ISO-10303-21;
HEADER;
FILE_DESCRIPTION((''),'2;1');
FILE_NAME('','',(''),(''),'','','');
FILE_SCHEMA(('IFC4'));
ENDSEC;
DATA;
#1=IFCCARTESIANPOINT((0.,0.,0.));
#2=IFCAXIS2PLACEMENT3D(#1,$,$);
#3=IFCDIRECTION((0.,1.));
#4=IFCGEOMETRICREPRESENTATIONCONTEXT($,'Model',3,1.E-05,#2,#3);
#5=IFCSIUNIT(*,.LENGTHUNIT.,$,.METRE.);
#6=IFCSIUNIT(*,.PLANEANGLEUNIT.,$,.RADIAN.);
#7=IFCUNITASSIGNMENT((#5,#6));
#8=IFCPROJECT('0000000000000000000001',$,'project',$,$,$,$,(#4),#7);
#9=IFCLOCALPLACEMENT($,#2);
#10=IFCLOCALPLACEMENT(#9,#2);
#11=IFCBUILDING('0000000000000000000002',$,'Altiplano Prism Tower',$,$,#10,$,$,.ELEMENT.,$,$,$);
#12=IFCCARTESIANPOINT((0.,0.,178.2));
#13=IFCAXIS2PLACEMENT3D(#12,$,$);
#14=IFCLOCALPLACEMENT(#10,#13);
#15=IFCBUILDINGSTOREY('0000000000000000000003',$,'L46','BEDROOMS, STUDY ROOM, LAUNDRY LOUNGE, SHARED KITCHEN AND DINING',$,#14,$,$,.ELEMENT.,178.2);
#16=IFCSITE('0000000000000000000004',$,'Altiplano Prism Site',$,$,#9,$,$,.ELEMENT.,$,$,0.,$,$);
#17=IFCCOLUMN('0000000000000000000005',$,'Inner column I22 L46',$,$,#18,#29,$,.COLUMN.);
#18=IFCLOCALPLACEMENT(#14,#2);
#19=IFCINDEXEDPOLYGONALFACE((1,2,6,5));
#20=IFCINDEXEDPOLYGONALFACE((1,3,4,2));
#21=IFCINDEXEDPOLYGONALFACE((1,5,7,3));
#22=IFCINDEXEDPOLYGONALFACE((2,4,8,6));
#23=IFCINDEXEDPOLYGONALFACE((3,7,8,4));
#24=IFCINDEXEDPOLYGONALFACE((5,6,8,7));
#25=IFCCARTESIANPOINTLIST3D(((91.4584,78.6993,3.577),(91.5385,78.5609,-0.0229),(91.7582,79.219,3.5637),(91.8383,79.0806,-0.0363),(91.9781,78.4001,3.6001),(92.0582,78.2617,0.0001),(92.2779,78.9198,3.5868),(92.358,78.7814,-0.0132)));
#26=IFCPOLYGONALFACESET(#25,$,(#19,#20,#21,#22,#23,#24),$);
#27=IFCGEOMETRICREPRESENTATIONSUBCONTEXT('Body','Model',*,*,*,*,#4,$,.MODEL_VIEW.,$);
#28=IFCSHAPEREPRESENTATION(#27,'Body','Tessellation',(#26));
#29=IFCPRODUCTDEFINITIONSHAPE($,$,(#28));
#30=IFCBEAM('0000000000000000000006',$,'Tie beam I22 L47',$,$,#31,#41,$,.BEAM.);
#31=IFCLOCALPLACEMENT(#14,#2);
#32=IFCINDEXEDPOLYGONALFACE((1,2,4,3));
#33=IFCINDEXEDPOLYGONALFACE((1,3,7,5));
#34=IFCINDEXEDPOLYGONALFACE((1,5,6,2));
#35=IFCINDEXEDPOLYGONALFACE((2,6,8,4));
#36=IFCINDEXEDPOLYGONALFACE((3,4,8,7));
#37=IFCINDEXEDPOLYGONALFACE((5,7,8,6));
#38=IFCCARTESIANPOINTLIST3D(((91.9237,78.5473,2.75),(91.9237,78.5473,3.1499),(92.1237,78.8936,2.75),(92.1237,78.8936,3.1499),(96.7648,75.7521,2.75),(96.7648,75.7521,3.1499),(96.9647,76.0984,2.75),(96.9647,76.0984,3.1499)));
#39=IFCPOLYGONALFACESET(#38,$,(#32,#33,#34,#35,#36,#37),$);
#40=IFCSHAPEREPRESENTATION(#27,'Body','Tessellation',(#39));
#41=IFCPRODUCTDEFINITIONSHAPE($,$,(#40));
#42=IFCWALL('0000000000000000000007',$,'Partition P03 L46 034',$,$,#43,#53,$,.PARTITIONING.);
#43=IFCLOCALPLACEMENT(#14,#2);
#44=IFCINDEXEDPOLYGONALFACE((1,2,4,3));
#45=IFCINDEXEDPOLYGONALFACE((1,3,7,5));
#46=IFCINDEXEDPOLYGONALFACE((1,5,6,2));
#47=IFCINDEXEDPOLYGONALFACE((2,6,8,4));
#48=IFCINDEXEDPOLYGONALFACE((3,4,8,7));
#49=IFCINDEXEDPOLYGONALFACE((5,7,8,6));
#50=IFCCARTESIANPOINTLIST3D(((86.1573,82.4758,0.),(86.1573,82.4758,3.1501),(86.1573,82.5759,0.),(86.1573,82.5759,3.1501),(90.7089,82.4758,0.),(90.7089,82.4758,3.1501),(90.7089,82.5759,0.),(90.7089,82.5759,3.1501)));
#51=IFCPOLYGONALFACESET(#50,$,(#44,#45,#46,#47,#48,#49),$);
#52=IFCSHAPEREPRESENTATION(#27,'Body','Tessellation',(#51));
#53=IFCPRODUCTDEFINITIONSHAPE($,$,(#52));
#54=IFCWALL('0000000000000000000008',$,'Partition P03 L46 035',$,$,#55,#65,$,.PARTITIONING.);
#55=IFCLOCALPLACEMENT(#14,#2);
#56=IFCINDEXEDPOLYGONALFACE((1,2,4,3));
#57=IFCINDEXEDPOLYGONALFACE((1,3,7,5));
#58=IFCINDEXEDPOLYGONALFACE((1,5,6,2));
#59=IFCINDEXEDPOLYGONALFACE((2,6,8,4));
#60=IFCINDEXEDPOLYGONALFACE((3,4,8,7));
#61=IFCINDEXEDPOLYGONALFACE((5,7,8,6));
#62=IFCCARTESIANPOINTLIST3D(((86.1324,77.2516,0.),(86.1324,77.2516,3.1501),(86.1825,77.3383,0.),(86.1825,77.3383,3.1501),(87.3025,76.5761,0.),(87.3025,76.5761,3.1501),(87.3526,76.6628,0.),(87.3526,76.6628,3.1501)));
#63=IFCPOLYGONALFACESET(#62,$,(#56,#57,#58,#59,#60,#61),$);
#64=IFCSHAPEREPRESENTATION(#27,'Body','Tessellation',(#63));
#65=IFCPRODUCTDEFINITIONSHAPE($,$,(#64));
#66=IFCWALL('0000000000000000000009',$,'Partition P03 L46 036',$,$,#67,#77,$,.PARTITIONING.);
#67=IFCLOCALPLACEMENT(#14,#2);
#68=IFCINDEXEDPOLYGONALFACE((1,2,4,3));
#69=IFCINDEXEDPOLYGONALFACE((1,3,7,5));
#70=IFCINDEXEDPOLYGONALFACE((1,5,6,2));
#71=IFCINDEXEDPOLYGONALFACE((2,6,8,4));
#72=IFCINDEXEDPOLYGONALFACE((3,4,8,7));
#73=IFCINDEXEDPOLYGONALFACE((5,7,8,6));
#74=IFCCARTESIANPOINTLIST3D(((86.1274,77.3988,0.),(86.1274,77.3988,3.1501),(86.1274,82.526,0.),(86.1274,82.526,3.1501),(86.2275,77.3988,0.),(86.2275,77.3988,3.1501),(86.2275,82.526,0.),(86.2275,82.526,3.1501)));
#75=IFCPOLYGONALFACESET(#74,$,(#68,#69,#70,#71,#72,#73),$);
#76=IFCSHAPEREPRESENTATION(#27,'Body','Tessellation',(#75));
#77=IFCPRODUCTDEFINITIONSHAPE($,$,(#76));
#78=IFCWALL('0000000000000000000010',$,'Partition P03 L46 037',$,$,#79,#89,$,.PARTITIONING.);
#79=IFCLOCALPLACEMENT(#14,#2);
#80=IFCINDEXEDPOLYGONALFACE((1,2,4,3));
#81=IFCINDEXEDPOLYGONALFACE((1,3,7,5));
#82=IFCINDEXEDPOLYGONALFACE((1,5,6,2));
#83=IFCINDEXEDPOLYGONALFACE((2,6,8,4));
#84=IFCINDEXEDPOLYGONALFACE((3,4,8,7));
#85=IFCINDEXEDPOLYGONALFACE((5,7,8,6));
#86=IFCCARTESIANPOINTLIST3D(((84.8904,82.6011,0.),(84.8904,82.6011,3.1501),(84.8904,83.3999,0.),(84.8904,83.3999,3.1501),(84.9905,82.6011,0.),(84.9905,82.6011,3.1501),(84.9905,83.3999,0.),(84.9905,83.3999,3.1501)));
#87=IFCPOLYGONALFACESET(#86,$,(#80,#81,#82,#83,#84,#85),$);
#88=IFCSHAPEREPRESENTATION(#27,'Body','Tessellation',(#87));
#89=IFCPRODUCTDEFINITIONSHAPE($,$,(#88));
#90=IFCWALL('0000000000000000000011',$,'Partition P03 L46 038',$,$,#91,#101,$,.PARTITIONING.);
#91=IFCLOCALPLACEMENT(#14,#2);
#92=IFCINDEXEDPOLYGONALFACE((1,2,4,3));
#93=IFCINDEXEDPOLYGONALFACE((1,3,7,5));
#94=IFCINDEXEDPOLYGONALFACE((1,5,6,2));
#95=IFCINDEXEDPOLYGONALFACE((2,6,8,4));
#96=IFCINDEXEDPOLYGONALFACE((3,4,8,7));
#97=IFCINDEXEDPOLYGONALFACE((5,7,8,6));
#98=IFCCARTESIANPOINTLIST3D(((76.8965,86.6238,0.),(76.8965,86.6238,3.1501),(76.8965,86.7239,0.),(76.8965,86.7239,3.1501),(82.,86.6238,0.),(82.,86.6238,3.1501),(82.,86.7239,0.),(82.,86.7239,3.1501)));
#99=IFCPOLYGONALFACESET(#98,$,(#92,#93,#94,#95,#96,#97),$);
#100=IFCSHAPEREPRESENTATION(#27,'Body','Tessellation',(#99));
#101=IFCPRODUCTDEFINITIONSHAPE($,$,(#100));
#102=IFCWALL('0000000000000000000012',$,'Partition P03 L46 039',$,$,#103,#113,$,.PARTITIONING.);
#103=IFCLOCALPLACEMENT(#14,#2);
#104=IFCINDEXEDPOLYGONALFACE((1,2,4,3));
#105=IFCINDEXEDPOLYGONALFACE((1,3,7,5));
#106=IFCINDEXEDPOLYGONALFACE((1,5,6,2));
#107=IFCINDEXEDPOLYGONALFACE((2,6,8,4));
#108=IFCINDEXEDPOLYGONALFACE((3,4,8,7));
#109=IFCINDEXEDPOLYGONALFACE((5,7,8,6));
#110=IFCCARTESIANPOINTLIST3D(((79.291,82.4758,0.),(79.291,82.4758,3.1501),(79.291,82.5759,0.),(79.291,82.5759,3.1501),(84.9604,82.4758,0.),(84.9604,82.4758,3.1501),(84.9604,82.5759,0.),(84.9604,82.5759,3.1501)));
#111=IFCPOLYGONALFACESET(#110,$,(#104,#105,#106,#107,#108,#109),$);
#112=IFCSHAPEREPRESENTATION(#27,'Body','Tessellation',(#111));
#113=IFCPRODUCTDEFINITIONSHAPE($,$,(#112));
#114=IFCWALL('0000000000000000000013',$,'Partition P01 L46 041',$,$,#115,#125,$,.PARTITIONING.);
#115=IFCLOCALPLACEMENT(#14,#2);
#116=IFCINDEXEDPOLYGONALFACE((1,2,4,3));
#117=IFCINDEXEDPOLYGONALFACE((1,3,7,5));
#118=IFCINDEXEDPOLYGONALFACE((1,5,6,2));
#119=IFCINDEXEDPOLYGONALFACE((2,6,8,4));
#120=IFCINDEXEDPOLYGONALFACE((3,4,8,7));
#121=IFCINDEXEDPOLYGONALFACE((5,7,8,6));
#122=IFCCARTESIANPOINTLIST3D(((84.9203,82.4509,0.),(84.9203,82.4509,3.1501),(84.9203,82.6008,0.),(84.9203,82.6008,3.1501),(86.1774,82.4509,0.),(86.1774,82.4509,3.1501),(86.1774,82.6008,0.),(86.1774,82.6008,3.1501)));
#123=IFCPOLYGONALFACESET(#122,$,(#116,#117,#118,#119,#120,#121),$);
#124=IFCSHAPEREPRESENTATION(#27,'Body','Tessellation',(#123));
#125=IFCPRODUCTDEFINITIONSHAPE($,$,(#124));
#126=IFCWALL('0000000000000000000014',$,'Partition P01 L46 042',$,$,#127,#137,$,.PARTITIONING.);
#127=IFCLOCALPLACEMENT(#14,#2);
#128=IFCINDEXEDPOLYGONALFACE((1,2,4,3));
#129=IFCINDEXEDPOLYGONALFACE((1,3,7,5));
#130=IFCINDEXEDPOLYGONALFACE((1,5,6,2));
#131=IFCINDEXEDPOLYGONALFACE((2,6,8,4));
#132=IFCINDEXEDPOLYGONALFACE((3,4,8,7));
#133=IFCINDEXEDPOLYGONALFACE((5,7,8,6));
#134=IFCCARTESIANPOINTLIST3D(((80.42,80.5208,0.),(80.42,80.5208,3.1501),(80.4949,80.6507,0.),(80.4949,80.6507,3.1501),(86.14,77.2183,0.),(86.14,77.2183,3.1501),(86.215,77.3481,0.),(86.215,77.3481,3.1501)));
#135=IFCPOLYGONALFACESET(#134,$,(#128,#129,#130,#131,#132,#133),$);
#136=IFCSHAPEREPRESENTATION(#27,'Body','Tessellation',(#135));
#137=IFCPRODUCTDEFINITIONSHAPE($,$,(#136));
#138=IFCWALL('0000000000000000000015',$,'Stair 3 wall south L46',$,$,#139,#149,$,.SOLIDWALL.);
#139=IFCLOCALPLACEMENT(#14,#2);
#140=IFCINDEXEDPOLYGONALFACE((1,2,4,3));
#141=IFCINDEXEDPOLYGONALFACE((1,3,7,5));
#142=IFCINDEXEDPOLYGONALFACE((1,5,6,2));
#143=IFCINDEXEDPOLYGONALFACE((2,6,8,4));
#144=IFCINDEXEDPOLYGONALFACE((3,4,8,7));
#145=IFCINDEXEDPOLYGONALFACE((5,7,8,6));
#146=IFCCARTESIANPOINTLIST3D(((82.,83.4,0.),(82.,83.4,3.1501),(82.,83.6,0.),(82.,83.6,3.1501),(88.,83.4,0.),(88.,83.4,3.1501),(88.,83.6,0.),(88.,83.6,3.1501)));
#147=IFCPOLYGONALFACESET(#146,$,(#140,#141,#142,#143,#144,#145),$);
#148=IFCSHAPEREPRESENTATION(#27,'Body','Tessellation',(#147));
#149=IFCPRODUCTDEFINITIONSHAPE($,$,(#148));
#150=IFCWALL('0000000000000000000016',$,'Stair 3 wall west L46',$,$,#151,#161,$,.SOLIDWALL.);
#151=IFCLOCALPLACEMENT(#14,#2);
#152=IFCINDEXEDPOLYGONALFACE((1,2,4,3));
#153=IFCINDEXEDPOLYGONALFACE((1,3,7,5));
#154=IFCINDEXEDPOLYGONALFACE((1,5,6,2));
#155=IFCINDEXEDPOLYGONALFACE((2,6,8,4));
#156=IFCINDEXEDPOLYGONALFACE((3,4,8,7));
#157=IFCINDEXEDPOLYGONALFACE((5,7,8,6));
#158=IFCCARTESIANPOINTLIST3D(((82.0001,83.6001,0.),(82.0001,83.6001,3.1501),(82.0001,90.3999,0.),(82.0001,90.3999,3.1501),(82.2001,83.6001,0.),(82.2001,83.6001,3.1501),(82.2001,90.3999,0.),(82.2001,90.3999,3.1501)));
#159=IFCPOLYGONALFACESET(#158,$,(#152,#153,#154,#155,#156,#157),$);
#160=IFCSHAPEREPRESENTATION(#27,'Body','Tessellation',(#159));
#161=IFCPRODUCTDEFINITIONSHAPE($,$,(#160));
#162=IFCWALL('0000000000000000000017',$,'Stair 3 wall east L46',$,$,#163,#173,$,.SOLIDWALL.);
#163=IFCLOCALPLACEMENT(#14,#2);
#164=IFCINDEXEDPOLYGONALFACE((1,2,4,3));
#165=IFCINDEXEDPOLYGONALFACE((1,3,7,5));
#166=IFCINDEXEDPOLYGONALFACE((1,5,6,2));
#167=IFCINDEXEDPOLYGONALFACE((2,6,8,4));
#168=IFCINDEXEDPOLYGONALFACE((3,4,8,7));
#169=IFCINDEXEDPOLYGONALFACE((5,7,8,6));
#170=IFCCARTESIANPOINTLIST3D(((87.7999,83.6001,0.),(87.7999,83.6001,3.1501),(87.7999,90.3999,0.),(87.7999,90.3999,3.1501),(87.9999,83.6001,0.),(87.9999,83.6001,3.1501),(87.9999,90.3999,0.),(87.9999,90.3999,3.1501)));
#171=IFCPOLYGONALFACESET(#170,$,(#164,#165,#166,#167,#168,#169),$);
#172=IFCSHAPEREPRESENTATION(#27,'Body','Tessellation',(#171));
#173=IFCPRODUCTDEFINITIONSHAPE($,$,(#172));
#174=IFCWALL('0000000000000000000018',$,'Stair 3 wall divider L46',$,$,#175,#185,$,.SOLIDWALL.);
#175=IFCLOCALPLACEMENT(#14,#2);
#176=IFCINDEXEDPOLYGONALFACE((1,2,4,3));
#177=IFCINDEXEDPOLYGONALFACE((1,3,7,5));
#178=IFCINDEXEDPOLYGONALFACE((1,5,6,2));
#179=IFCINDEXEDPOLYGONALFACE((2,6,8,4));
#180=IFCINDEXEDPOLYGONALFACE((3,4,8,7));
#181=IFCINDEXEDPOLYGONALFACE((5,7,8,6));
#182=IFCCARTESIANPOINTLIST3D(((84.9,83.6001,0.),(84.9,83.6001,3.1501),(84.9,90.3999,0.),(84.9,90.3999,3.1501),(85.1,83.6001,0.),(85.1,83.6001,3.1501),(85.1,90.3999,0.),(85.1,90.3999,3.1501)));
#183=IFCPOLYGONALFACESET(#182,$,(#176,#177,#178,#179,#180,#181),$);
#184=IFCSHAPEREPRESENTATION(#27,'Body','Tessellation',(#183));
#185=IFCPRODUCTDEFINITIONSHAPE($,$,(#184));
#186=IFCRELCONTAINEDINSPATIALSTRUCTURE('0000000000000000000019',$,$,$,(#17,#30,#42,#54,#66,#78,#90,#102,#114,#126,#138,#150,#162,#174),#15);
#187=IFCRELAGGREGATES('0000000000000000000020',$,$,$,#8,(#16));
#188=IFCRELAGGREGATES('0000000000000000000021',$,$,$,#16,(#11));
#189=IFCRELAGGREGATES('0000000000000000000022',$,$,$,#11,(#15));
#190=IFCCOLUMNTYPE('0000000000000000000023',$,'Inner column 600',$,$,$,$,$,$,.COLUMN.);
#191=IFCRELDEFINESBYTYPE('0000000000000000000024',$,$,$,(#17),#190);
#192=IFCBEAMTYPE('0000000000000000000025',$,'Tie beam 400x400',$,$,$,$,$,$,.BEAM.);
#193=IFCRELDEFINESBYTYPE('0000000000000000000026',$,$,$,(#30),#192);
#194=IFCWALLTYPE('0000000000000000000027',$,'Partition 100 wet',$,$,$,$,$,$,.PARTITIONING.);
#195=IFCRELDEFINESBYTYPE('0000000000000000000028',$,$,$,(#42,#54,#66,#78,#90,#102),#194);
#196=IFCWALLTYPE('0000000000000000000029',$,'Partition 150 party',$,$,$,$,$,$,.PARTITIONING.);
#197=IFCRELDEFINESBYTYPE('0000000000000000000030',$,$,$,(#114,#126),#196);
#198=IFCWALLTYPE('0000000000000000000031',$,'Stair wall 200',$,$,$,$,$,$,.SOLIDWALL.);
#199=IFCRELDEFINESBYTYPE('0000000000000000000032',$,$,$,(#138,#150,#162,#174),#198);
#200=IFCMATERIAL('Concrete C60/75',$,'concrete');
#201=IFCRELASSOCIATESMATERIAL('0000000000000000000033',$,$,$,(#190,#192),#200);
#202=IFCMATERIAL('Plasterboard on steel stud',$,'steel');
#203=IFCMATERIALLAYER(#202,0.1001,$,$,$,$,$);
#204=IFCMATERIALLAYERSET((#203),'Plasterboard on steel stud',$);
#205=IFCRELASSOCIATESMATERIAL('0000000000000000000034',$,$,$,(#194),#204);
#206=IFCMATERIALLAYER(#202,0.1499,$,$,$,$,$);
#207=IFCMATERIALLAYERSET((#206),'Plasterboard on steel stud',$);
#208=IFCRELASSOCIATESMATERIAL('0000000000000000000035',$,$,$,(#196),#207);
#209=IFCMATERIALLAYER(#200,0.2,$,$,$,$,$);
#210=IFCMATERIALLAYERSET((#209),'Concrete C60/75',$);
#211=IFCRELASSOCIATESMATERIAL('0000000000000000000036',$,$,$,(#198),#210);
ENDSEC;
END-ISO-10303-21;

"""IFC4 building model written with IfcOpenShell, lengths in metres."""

from ifc_helpers import new_model, si_unit, direction, frame, frame_2d, origin, origin_2d, place, context, subcontext, project, spatial, rectangle, extrude, material, layer, layer_set, material_profile, profile_set, type_object, element, save


model = new_model("IFC4")

# Units and contexts
model_context = context("Model", 3, precision=1e-05, world=origin(), true_north=direction((0.0, 1.0)))
body_context = subcontext(model_context, "Body", "Model", "MODEL_VIEW")
ifc_project = project(units=[si_unit("LENGTHUNIT", "METRE"), si_unit("PLANEANGLEUNIT", "RADIAN")], contexts=[model_context])

# Site, building, storey
site_placement = place(None, origin())
site = spatial("IfcSite", under=ifc_project, at=site_placement, Name="Altiplano Prism Site", CompositionType="ELEMENT", RefElevation=0.0)
building_placement = place(site_placement, origin())
building = spatial("IfcBuilding", under=site, at=building_placement, Name="Altiplano Prism Tower", CompositionType="ELEMENT")
storey_placement = place(building_placement, frame((0.0, 0.0, 178.2)))
storey = spatial("IfcBuildingStorey", under=building, at=storey_placement, Name="L46", Description="BEDROOMS, STUDY ROOM, LAUNDRY LOUNGE, SHARED KITCHEN AND DINING", CompositionType="ELEMENT", Elevation=178.2)

# Column
ifc_material_1 = material(Name="Concrete C60/75", Category="concrete")
ifc_material_profile_1 = material_profile(ifc_material_1, rectangle(XDim=0.6001, YDim=0.6001, at=origin_2d()), Name="Inner column 600")
ifc_profile_set_1 = profile_set([ifc_material_profile_1], Name="Concrete C60/75")
column_type = type_object("IfcColumnType", Name="Inner column 600", PredefinedType="COLUMN", material=ifc_profile_set_1)
column_placement = place(storey_placement, frame((91.9482, 78.6711, -0.0181), z_axis=(-0.022223, 0.038416, 0.999015), x_axis=(-0.49951, -0.866024, 0.02219)))
element("IfcColumn", 1, at=column_placement, inside=storey, type_object=column_type, Name="Inner column I22 L46", PredefinedType="COLUMN", context=body_context, shape_type="SweptSolid", body=[
    extrude(rectangle(XDim=0.6001, YDim=0.6001, at=origin_2d()), origin(), (0.0, 0.0, 1.0), 3.6035),
])

# Beam
ifc_material_profile_2 = material_profile(ifc_material_1, rectangle(XDim=0.3999, YDim=0.3999, at=origin_2d()), Name="Tie beam 400x400")
ifc_profile_set_2 = profile_set([ifc_material_profile_2], Name="Concrete C60/75")
beam_type = type_object("IfcBeamType", Name="Tie beam 400x400", PredefinedType="BEAM", material=ifc_profile_set_2)
beam_placement = place(storey_placement, frame((92.0237, 78.7205, 2.95), z_axis=(0.866012, -0.500024, 0.0), x_axis=(0.500024, 0.866012, 0.0)))
element("IfcBeam", 2, at=beam_placement, inside=storey, type_object=beam_type, Name="Tie beam I22 L47", PredefinedType="BEAM", context=body_context, shape_type="SweptSolid", body=[
    extrude(rectangle(XDim=0.3999, YDim=0.3999, at=origin_2d()), origin(), (0.0, 0.0, 1.0), 5.5901),
])

# Walls
ifc_material_2 = material(Name="Plasterboard on steel stud", Category="steel")
ifc_layer_1 = layer(ifc_material_2, 0.1001)
ifc_layer_set_1 = layer_set([ifc_layer_1], Name="Plasterboard on steel stud")
wall_type_1 = type_object("IfcWallType", Name="Partition 100 wet", PredefinedType="PARTITIONING", material=ifc_layer_set_1)
wall_1_placement = place(storey_placement, frame((90.709, 82.5259, 0.0), z_axis=(0.0, 0.0, 1.0), x_axis=(-1.0, 0.0, 0.0)))
element("IfcWall", 3, at=wall_1_placement, inside=storey, type_object=wall_type_1, Name="Partition P03 L46 034", PredefinedType="PARTITIONING", context=body_context, shape_type="SweptSolid", body=[
    extrude(rectangle(XDim=4.5515, YDim=0.1001, at=frame_2d((2.2759, 0.0))), origin(), (0.0, 0.0, 1.0), 3.1501),
])
wall_2_placement = place(storey_placement, frame((86.1575, 77.2949, 0.0), z_axis=(0.0, 0.0, 1.0), x_axis=(0.866044, -0.499967, 0.0)))
element("IfcWall", 4, at=wall_2_placement, inside=storey, type_object=wall_type_1, Name="Partition P03 L46 035", PredefinedType="PARTITIONING", context=body_context, shape_type="SweptSolid", body=[
    extrude(rectangle(XDim=1.3511, YDim=0.1001, at=frame_2d((0.6755, 0.0))), origin(), (0.0, 0.0, 1.0), 3.1501),
])
wall_3_placement = place(storey_placement, frame((86.1775, 82.5259, 0.0), z_axis=(0.0, 0.0, 1.0), x_axis=(0.0, -1.0, 0.0)))
element("IfcWall", 5, at=wall_3_placement, inside=storey, type_object=wall_type_1, Name="Partition P03 L46 036", PredefinedType="PARTITIONING", context=body_context, shape_type="SweptSolid", body=[
    extrude(rectangle(XDim=5.1272, YDim=0.1001, at=frame_2d((2.5635, 0.0))), origin(), (0.0, 0.0, 1.0), 3.1501),
])
wall_4_placement = place(storey_placement, frame((84.9404, 82.6011, 0.0), z_axis=(0.0, 0.0, 1.0), x_axis=(0.0, 1.0, 0.0)))
element("IfcWall", 6, at=wall_4_placement, inside=storey, type_object=wall_type_1, Name="Partition P03 L46 037", PredefinedType="PARTITIONING", context=body_context, shape_type="SweptSolid", body=[
    extrude(rectangle(XDim=0.7988, YDim=0.1001, at=frame_2d((0.3994, 0.0))), origin(), (0.0, 0.0, 1.0), 3.1501),
])
wall_5_placement = place(storey_placement, frame((82.0, 86.6738, 0.0), z_axis=(0.0, 0.0, 1.0), x_axis=(-1.0, 0.0, 0.0)))
element("IfcWall", 7, at=wall_5_placement, inside=storey, type_object=wall_type_1, Name="Partition P03 L46 038", PredefinedType="PARTITIONING", context=body_context, shape_type="SweptSolid", body=[
    extrude(rectangle(XDim=5.1035, YDim=0.1001, at=frame_2d((2.5518, 0.0))), origin(), (0.0, 0.0, 1.0), 3.1501),
])
wall_6_placement = place(storey_placement, frame((79.291, 82.5259, 0.0), z_axis=(0.0, 0.0, 1.0), x_axis=(1.0, 0.0, 0.0)))
element("IfcWall", 8, at=wall_6_placement, inside=storey, type_object=wall_type_1, Name="Partition P03 L46 039", PredefinedType="PARTITIONING", context=body_context, shape_type="SweptSolid", body=[
    extrude(rectangle(XDim=5.6694, YDim=0.1001, at=frame_2d((2.8347, 0.0))), origin(), (0.0, 0.0, 1.0), 3.1501),
])
ifc_layer_2 = layer(ifc_material_2, 0.1499)
ifc_layer_set_2 = layer_set([ifc_layer_2], Name="Plasterboard on steel stud")
wall_type_2 = type_object("IfcWallType", Name="Partition 150 party", PredefinedType="PARTITIONING", material=ifc_layer_set_2)
wall_7_placement = place(storey_placement, frame((84.9204, 82.5259, 0.0), z_axis=(0.0, 0.0, 1.0), x_axis=(1.0, 0.0, 0.0)))
element("IfcWall", 9, at=wall_7_placement, inside=storey, type_object=wall_type_2, Name="Partition P01 L46 041", PredefinedType="PARTITIONING", context=body_context, shape_type="SweptSolid", body=[
    extrude(rectangle(XDim=1.2571, YDim=0.1499, at=frame_2d((0.6284, 0.0))), origin(), (0.0, 0.0, 1.0), 3.1501),
])
wall_8_placement = place(storey_placement, frame((86.1775, 77.2832, 0.0), z_axis=(0.0, 0.0, 1.0), x_axis=(-0.866021, 0.500007, 0.0)))
element("IfcWall", 10, at=wall_8_placement, inside=storey, type_object=wall_type_2, Name="Partition P01 L46 042", PredefinedType="PARTITIONING", context=body_context, shape_type="SweptSolid", body=[
    extrude(rectangle(XDim=6.605, YDim=0.1499, at=frame_2d((3.3025, 0.0))), origin(), (0.0, 0.0, 1.0), 3.1501),
])
ifc_layer_3 = layer(ifc_material_1, 0.2)
ifc_layer_set_3 = layer_set([ifc_layer_3], Name="Concrete C60/75")
wall_type_3 = type_object("IfcWallType", Name="Stair wall 200", PredefinedType="SOLIDWALL", material=ifc_layer_set_3)
wall_9_placement = place(storey_placement, frame((82.0, 83.5, 0.0), z_axis=(0.0, 0.0, 1.0), x_axis=(1.0, 0.0, 0.0)))
element("IfcWall", 11, at=wall_9_placement, inside=storey, type_object=wall_type_3, Name="Stair 3 wall south L46", PredefinedType="SOLIDWALL", context=body_context, shape_type="SweptSolid", body=[
    extrude(rectangle(XDim=6.0, YDim=0.2, at=frame_2d((3.0, 0.0))), origin(), (0.0, 0.0, 1.0), 3.1501),
])
for number, where, z_axis, x_axis, name in (
    (12, (82.1001, 83.6001, 0.0), (0.0, 0.0, 1.0), (0.0, 1.0, 0.0), "Stair 3 wall west L46"),
    (13, (87.8999, 83.6001, 0.0), (0.0, 0.0, 1.0), (0.0, 1.0, 0.0), "Stair 3 wall east L46"),
    (14, (85.0, 83.6001, 0.0), (0.0, 0.0, 1.0), (0.0, 1.0, 0.0), "Stair 3 wall divider L46"),
):
    element("IfcWall", number, at=place(storey_placement, frame(where, z_axis=z_axis, x_axis=x_axis)), inside=storey, type_object=wall_type_3, Name=name, PredefinedType="SOLIDWALL", context=body_context, shape_type="SweptSolid", body=[
        extrude(rectangle(XDim=6.7998, YDim=0.2, at=frame_2d((3.3999, 0.0))), origin(), (0.0, 0.0, 1.0), 3.1501),
    ])

save(model, "model.ifc")
